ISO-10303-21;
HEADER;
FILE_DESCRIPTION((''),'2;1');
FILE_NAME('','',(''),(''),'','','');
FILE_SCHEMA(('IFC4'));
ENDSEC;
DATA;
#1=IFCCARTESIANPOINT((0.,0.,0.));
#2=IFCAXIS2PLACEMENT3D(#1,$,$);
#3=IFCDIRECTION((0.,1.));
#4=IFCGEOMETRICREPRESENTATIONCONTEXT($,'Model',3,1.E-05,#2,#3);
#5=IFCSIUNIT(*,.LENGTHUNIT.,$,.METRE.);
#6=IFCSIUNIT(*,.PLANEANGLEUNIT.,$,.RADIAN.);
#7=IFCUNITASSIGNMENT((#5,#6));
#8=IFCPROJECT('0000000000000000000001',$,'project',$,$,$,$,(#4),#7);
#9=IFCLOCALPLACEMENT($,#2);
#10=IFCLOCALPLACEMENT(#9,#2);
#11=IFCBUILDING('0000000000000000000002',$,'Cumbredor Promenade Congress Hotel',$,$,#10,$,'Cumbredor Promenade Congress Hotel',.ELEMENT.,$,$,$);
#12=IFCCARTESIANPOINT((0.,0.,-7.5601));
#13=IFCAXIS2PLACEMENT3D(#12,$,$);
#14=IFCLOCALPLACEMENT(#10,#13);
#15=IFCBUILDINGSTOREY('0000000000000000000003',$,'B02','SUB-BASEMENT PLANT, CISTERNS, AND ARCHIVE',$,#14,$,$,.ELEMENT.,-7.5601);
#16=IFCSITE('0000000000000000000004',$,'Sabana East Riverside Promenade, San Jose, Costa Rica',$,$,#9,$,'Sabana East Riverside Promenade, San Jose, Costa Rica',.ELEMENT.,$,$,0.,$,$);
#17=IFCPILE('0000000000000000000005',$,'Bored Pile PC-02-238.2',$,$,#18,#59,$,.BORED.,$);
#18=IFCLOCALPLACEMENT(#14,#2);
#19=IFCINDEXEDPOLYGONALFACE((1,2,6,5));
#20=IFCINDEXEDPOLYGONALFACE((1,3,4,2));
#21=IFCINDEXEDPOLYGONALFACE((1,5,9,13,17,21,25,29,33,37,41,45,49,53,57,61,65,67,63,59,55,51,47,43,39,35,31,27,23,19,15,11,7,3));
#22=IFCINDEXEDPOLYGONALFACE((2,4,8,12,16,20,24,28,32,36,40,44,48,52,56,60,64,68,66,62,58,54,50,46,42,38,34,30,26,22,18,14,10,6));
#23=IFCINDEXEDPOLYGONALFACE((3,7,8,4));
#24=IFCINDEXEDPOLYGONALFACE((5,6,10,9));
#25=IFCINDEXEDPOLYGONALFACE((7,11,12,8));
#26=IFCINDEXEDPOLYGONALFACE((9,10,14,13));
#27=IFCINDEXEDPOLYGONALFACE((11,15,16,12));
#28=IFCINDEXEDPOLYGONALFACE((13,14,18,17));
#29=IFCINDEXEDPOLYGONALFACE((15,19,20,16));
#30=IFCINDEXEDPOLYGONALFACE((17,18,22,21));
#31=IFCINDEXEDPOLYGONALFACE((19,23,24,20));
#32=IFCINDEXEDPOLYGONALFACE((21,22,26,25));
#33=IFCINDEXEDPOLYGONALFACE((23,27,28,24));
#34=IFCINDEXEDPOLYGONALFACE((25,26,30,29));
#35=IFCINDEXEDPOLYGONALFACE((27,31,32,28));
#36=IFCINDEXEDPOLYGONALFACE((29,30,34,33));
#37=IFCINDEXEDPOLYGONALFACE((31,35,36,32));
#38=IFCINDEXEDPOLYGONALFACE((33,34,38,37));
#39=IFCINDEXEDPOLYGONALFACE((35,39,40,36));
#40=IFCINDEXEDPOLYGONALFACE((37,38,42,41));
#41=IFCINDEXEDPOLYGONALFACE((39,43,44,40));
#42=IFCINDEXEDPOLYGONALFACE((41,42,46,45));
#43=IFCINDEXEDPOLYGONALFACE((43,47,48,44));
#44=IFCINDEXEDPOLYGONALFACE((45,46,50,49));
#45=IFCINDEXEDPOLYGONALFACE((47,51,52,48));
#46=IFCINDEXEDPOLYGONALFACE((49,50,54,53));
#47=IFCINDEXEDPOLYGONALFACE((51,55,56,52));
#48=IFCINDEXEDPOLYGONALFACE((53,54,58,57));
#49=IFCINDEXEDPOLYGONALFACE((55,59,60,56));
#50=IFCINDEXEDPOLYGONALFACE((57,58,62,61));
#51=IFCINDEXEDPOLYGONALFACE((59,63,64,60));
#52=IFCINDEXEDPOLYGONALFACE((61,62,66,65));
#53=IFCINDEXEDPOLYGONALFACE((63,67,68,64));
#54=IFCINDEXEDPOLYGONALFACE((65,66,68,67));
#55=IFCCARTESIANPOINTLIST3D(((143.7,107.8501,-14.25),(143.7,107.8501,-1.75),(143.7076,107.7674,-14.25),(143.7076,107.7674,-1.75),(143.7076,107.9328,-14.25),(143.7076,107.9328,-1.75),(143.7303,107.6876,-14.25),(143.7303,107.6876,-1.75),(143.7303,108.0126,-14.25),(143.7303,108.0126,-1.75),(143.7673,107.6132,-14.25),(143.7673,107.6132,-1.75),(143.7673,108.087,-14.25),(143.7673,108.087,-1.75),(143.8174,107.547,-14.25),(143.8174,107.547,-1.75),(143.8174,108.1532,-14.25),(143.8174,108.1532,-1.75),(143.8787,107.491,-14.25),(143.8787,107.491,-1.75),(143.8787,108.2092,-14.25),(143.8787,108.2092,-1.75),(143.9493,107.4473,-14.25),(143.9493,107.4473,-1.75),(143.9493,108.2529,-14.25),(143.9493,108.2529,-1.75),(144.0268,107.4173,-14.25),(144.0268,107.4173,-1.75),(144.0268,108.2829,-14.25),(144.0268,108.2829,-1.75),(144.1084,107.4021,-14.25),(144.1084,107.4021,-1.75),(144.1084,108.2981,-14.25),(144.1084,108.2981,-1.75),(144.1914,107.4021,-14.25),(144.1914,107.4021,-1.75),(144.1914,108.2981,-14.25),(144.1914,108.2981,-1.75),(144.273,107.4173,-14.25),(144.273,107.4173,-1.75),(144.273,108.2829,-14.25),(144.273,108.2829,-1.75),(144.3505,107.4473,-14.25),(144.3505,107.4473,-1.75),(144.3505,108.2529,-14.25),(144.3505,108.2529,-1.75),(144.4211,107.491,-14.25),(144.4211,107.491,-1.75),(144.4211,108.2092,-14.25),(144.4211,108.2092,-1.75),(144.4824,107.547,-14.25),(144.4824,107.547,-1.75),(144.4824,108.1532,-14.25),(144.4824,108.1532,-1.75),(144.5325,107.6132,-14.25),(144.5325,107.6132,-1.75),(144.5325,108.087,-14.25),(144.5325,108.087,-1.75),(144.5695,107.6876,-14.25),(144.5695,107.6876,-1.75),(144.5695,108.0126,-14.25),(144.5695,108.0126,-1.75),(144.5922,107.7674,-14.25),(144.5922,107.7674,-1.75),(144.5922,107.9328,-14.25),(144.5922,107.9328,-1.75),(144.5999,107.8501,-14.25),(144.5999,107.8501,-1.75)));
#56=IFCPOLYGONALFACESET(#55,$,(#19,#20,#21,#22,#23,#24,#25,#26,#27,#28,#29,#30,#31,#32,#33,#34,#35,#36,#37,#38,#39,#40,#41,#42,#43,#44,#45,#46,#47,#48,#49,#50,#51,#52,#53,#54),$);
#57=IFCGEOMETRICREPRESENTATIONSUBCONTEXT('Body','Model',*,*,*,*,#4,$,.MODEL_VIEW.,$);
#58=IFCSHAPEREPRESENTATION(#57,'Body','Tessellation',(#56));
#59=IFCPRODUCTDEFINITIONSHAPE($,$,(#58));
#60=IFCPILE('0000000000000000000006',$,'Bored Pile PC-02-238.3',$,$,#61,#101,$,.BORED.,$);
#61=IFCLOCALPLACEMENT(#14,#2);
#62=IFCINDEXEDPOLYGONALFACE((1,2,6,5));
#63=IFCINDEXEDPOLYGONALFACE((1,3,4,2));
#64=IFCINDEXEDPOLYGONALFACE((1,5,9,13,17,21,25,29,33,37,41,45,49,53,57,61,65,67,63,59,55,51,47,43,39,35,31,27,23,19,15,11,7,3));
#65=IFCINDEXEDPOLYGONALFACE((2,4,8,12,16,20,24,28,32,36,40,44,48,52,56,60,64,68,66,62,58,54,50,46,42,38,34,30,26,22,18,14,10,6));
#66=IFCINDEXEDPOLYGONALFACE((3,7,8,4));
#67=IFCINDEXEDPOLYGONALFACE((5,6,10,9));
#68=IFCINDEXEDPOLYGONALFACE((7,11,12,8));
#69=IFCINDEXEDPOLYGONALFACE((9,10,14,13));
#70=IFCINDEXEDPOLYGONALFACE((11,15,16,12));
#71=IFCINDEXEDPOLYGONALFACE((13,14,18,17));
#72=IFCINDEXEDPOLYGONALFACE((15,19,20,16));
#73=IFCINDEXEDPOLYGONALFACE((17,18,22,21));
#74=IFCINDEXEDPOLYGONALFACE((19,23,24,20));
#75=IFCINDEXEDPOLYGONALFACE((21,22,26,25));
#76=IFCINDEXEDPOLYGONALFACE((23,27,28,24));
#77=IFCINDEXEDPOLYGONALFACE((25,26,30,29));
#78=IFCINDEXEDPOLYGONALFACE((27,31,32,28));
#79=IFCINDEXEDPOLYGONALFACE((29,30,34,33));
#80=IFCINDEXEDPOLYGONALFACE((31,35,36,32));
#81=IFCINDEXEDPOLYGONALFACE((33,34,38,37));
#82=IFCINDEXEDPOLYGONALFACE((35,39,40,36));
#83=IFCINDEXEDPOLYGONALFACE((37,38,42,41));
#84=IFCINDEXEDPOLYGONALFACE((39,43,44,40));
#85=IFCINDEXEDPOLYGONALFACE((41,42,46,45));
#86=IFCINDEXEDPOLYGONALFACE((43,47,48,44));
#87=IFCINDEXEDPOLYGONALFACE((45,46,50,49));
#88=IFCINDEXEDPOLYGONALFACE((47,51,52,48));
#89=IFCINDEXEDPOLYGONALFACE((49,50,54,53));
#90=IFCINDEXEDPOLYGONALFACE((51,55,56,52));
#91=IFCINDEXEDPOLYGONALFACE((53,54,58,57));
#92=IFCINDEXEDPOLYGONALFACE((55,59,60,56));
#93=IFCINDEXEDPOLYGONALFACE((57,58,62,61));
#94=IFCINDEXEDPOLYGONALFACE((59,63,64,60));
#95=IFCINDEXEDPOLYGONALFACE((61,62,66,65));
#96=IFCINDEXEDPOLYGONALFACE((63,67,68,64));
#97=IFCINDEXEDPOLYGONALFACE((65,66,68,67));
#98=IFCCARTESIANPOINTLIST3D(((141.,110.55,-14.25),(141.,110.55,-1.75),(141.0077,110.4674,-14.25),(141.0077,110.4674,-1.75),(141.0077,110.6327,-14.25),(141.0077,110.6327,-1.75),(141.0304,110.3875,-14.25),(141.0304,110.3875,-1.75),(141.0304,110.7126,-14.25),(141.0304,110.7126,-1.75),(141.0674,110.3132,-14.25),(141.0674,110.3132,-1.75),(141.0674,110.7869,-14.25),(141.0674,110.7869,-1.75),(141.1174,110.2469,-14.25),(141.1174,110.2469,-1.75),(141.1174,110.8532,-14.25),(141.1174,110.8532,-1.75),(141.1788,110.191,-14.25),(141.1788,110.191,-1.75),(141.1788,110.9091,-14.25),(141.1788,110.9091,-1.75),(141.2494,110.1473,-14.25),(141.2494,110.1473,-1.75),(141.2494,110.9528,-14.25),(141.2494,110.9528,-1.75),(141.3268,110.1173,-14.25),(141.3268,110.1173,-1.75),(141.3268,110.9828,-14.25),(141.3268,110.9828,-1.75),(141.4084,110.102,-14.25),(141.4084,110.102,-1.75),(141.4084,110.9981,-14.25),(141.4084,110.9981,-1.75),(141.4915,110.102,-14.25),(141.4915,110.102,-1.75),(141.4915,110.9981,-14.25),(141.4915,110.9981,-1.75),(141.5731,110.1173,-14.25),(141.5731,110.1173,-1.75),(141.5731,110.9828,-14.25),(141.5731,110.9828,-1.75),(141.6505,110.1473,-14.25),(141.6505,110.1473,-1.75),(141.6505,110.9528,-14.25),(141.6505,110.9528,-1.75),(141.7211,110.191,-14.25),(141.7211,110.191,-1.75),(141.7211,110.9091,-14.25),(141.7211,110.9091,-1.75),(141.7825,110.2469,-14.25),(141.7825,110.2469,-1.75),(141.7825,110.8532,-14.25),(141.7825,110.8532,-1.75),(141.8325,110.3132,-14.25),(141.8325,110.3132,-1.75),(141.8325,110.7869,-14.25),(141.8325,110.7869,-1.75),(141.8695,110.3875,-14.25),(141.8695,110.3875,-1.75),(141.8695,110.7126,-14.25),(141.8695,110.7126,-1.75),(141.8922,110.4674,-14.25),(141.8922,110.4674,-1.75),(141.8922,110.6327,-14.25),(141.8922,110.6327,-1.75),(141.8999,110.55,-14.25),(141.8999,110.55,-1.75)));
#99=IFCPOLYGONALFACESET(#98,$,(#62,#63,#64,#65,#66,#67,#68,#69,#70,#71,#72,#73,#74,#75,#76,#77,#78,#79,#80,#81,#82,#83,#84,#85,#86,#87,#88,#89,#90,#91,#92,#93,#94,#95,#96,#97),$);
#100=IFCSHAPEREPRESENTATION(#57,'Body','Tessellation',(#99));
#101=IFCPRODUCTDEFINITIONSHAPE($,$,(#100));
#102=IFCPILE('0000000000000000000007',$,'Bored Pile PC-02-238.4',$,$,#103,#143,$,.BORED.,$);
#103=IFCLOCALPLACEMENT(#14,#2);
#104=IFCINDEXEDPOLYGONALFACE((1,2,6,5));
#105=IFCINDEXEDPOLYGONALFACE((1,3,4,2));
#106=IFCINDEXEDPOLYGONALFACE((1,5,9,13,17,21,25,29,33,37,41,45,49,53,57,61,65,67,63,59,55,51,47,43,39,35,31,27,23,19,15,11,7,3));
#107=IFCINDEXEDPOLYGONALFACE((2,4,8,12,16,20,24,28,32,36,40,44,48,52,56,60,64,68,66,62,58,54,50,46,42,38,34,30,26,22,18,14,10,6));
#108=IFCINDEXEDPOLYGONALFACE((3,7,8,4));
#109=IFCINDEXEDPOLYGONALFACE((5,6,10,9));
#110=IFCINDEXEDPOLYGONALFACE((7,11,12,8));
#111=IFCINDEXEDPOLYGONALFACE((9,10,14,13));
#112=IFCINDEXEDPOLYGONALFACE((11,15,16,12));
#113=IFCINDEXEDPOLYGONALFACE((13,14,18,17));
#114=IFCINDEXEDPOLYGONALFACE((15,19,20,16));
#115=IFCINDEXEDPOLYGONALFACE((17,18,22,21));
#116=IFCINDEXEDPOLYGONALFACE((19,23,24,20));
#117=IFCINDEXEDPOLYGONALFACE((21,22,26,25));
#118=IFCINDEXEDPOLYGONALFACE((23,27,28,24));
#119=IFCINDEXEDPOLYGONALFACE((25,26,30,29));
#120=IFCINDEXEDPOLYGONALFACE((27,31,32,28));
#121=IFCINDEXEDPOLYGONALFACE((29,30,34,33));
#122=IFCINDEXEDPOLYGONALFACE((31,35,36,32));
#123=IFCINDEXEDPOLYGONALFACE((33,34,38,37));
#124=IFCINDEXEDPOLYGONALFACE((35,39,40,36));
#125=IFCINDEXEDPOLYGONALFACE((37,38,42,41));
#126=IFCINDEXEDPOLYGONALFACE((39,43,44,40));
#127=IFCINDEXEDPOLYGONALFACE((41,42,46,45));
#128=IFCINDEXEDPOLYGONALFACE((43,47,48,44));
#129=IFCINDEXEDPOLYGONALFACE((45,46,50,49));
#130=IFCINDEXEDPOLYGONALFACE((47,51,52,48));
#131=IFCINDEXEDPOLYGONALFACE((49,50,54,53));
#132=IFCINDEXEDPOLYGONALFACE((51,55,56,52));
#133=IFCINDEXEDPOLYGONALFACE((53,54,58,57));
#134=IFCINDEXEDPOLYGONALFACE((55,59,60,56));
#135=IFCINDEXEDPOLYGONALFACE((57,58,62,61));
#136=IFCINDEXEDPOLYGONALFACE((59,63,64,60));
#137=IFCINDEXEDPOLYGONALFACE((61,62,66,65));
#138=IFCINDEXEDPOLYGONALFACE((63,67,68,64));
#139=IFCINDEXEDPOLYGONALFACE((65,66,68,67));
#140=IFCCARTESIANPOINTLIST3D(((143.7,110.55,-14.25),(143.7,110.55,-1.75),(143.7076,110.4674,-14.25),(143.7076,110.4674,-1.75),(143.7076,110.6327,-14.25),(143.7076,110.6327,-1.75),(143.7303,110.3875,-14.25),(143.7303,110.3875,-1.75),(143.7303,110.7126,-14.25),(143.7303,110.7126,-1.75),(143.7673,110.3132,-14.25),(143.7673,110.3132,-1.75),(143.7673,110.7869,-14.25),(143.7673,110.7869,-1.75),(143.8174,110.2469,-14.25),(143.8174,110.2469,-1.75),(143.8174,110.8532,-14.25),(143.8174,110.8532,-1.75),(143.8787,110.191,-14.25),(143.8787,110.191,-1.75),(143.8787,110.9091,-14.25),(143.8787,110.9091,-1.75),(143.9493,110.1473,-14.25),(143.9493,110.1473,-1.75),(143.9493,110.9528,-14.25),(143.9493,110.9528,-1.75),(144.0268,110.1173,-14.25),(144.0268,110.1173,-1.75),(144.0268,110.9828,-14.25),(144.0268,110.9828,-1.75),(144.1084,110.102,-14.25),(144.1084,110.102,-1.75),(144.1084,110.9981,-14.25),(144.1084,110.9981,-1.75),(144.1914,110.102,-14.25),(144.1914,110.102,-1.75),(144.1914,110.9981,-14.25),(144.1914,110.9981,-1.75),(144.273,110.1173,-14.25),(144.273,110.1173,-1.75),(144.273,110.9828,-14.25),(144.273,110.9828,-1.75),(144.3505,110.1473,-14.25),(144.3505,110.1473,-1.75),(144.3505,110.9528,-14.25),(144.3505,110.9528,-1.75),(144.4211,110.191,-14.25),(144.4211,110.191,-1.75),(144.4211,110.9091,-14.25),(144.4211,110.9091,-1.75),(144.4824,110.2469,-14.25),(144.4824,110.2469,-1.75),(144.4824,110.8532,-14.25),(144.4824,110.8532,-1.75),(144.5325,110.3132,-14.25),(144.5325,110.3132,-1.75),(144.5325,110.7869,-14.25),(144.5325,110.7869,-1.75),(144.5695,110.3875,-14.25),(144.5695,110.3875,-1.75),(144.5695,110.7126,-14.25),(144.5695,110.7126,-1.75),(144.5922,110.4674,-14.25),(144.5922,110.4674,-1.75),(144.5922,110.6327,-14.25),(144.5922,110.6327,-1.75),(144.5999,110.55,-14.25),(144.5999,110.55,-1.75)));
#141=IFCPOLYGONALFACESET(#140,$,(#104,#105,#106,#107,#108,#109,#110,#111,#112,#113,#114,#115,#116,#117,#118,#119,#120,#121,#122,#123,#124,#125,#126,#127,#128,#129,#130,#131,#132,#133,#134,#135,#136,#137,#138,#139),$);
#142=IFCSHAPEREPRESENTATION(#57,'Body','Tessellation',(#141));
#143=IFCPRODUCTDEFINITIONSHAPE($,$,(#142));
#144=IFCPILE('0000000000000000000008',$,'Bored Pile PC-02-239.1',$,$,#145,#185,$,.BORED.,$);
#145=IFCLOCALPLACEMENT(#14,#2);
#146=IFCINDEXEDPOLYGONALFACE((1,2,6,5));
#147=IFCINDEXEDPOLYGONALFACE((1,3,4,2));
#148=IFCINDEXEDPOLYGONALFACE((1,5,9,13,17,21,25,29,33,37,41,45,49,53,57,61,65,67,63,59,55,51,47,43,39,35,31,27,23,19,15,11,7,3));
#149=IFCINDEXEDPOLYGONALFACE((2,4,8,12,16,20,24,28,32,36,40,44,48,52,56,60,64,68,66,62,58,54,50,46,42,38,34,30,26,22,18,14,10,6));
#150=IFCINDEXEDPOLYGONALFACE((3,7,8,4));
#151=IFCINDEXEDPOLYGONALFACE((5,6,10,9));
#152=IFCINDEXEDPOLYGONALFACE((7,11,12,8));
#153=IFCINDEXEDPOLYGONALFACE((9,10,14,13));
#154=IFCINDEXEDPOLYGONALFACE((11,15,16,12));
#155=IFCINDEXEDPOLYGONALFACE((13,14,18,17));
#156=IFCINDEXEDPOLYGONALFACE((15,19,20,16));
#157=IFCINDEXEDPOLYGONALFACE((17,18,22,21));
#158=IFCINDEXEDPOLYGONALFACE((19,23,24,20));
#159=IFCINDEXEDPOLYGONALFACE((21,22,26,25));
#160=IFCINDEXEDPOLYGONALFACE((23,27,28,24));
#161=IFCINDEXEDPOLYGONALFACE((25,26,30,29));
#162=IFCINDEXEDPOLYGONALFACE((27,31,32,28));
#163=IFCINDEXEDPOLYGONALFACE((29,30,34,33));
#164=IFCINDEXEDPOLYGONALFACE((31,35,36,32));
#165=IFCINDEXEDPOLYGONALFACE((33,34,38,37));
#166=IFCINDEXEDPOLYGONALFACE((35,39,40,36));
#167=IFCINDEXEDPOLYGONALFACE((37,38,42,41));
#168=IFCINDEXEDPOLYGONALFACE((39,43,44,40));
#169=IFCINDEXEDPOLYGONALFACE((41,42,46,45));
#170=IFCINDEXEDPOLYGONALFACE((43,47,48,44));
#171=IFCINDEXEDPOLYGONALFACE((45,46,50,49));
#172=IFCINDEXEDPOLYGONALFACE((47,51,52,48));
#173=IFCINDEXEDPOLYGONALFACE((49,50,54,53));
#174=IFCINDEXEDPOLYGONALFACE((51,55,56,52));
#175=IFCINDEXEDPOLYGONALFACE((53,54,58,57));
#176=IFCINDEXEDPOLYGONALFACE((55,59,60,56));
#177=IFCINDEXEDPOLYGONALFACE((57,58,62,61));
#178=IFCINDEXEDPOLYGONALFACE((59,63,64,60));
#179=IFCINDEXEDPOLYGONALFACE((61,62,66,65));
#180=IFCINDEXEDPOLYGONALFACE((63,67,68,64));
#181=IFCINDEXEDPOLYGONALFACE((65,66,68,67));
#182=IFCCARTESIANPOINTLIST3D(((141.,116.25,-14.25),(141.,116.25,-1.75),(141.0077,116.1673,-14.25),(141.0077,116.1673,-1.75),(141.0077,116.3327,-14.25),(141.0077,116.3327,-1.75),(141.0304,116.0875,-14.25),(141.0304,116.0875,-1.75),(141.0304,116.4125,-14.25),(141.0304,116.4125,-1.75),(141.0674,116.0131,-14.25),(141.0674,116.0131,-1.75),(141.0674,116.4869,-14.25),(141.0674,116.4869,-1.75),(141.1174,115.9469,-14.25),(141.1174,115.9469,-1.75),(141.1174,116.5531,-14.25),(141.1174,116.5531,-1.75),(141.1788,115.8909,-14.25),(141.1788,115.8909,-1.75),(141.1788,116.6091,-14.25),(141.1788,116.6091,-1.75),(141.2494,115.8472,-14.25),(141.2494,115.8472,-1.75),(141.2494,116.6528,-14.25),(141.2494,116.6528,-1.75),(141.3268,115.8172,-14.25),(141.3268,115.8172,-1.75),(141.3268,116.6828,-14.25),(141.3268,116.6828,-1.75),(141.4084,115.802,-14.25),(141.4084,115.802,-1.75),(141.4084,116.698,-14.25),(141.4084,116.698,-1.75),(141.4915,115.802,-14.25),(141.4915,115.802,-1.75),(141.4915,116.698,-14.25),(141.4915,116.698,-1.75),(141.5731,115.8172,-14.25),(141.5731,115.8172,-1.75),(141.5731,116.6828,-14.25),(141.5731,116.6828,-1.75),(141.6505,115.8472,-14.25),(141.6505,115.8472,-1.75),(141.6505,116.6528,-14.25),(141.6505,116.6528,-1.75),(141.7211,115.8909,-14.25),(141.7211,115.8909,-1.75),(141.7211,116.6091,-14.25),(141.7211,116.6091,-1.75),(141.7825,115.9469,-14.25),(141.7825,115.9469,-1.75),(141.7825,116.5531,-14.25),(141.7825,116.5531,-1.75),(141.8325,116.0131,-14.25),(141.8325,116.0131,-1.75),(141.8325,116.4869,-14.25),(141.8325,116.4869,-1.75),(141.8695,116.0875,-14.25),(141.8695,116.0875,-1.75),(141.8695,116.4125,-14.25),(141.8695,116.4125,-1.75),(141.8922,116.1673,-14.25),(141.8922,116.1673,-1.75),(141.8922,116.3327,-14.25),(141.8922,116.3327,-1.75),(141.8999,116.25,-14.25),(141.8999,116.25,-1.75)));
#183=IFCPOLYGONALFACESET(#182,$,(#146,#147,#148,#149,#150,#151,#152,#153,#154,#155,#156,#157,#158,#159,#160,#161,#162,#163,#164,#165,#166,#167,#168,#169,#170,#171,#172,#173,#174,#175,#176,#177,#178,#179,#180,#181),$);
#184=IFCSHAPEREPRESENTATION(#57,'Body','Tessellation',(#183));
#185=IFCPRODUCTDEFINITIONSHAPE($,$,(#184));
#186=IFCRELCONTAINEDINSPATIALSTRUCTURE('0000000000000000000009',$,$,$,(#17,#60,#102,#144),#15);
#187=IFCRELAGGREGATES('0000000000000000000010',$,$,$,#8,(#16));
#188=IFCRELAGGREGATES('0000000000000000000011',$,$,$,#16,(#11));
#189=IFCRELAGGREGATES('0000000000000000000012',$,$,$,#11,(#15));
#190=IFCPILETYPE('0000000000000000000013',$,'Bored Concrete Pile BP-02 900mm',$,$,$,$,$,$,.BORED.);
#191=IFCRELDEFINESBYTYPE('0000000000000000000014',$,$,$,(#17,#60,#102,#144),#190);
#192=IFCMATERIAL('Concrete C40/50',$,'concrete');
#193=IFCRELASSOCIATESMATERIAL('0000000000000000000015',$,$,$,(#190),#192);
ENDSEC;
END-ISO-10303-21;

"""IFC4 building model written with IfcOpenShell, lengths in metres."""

from ifc_helpers import new_model, si_unit, direction, frame, origin, origin_2d, place, context, subcontext, project, spatial, circle, extrude, material, material_profile, profile_set, type_object, element, save


model = new_model("IFC4")

# Units and contexts
model_context = context("Model", 3, precision=1e-05, world=origin(), true_north=direction((0.0, 1.0)))
body_context = subcontext(model_context, "Body", "Model", "MODEL_VIEW")
ifc_project = project(units=[si_unit("LENGTHUNIT", "METRE"), si_unit("PLANEANGLEUNIT", "RADIAN")], contexts=[model_context])

# Site, building, storey
site_placement = place(None, origin())
site = spatial("IfcSite", under=ifc_project, at=site_placement, Name="Sabana East Riverside Promenade, San Jose, Costa Rica", LongName="Sabana East Riverside Promenade, San Jose, Costa Rica", CompositionType="ELEMENT", RefElevation=0.0)
building_placement = place(site_placement, origin())
building = spatial("IfcBuilding", under=site, at=building_placement, Name="Cumbredor Promenade Congress Hotel", LongName="Cumbredor Promenade Congress Hotel", CompositionType="ELEMENT")
storey_placement = place(building_placement, frame((0.0, 0.0, -7.5601)))
storey = spatial("IfcBuildingStorey", under=building, at=storey_placement, Name="B02", Description="SUB-BASEMENT PLANT, CISTERNS, AND ARCHIVE", CompositionType="ELEMENT", Elevation=-7.5601)

# Piles
ifc_material_1 = material(Name="Concrete C40/50", Category="concrete")
ifc_material_profile_1 = material_profile(ifc_material_1, circle(Radius=0.45, at=origin_2d()), Name="PILE D900")
ifc_profile_set_1 = profile_set([ifc_material_profile_1], Name="Concrete C40/50")
pile_type = type_object("IfcPileType", Name="Bored Concrete Pile BP-02 900mm", PredefinedType="BORED", material=ifc_profile_set_1)
for number, where, z_axis, x_axis, name in (
    (1, (144.1499, 107.8501, -1.75), (0.0, 0.0, -1.0), (1.0, 0.0, 0.0), "Bored Pile PC-02-238.2"),
    (2, (141.45, 110.55, -1.75), (0.0, 0.0, -1.0), (1.0, 0.0, 0.0), "Bored Pile PC-02-238.3"),
    (3, (144.1499, 110.55, -1.75), (0.0, 0.0, -1.0), (1.0, 0.0, 0.0), "Bored Pile PC-02-238.4"),
    (4, (141.45, 116.25, -1.75), (0.0, 0.0, -1.0), (1.0, 0.0, 0.0), "Bored Pile PC-02-239.1"),
):
    element("IfcPile", number, at=place(storey_placement, frame(where, z_axis=z_axis, x_axis=x_axis)), inside=storey, type_object=pile_type, Name=name, PredefinedType="BORED", context=body_context, shape_type="SweptSolid", body=[
        extrude(circle(Radius=0.45, at=origin_2d()), origin(), (0.0, 0.0, 1.0), 12.5),
    ])

save(model, "model.ifc")
